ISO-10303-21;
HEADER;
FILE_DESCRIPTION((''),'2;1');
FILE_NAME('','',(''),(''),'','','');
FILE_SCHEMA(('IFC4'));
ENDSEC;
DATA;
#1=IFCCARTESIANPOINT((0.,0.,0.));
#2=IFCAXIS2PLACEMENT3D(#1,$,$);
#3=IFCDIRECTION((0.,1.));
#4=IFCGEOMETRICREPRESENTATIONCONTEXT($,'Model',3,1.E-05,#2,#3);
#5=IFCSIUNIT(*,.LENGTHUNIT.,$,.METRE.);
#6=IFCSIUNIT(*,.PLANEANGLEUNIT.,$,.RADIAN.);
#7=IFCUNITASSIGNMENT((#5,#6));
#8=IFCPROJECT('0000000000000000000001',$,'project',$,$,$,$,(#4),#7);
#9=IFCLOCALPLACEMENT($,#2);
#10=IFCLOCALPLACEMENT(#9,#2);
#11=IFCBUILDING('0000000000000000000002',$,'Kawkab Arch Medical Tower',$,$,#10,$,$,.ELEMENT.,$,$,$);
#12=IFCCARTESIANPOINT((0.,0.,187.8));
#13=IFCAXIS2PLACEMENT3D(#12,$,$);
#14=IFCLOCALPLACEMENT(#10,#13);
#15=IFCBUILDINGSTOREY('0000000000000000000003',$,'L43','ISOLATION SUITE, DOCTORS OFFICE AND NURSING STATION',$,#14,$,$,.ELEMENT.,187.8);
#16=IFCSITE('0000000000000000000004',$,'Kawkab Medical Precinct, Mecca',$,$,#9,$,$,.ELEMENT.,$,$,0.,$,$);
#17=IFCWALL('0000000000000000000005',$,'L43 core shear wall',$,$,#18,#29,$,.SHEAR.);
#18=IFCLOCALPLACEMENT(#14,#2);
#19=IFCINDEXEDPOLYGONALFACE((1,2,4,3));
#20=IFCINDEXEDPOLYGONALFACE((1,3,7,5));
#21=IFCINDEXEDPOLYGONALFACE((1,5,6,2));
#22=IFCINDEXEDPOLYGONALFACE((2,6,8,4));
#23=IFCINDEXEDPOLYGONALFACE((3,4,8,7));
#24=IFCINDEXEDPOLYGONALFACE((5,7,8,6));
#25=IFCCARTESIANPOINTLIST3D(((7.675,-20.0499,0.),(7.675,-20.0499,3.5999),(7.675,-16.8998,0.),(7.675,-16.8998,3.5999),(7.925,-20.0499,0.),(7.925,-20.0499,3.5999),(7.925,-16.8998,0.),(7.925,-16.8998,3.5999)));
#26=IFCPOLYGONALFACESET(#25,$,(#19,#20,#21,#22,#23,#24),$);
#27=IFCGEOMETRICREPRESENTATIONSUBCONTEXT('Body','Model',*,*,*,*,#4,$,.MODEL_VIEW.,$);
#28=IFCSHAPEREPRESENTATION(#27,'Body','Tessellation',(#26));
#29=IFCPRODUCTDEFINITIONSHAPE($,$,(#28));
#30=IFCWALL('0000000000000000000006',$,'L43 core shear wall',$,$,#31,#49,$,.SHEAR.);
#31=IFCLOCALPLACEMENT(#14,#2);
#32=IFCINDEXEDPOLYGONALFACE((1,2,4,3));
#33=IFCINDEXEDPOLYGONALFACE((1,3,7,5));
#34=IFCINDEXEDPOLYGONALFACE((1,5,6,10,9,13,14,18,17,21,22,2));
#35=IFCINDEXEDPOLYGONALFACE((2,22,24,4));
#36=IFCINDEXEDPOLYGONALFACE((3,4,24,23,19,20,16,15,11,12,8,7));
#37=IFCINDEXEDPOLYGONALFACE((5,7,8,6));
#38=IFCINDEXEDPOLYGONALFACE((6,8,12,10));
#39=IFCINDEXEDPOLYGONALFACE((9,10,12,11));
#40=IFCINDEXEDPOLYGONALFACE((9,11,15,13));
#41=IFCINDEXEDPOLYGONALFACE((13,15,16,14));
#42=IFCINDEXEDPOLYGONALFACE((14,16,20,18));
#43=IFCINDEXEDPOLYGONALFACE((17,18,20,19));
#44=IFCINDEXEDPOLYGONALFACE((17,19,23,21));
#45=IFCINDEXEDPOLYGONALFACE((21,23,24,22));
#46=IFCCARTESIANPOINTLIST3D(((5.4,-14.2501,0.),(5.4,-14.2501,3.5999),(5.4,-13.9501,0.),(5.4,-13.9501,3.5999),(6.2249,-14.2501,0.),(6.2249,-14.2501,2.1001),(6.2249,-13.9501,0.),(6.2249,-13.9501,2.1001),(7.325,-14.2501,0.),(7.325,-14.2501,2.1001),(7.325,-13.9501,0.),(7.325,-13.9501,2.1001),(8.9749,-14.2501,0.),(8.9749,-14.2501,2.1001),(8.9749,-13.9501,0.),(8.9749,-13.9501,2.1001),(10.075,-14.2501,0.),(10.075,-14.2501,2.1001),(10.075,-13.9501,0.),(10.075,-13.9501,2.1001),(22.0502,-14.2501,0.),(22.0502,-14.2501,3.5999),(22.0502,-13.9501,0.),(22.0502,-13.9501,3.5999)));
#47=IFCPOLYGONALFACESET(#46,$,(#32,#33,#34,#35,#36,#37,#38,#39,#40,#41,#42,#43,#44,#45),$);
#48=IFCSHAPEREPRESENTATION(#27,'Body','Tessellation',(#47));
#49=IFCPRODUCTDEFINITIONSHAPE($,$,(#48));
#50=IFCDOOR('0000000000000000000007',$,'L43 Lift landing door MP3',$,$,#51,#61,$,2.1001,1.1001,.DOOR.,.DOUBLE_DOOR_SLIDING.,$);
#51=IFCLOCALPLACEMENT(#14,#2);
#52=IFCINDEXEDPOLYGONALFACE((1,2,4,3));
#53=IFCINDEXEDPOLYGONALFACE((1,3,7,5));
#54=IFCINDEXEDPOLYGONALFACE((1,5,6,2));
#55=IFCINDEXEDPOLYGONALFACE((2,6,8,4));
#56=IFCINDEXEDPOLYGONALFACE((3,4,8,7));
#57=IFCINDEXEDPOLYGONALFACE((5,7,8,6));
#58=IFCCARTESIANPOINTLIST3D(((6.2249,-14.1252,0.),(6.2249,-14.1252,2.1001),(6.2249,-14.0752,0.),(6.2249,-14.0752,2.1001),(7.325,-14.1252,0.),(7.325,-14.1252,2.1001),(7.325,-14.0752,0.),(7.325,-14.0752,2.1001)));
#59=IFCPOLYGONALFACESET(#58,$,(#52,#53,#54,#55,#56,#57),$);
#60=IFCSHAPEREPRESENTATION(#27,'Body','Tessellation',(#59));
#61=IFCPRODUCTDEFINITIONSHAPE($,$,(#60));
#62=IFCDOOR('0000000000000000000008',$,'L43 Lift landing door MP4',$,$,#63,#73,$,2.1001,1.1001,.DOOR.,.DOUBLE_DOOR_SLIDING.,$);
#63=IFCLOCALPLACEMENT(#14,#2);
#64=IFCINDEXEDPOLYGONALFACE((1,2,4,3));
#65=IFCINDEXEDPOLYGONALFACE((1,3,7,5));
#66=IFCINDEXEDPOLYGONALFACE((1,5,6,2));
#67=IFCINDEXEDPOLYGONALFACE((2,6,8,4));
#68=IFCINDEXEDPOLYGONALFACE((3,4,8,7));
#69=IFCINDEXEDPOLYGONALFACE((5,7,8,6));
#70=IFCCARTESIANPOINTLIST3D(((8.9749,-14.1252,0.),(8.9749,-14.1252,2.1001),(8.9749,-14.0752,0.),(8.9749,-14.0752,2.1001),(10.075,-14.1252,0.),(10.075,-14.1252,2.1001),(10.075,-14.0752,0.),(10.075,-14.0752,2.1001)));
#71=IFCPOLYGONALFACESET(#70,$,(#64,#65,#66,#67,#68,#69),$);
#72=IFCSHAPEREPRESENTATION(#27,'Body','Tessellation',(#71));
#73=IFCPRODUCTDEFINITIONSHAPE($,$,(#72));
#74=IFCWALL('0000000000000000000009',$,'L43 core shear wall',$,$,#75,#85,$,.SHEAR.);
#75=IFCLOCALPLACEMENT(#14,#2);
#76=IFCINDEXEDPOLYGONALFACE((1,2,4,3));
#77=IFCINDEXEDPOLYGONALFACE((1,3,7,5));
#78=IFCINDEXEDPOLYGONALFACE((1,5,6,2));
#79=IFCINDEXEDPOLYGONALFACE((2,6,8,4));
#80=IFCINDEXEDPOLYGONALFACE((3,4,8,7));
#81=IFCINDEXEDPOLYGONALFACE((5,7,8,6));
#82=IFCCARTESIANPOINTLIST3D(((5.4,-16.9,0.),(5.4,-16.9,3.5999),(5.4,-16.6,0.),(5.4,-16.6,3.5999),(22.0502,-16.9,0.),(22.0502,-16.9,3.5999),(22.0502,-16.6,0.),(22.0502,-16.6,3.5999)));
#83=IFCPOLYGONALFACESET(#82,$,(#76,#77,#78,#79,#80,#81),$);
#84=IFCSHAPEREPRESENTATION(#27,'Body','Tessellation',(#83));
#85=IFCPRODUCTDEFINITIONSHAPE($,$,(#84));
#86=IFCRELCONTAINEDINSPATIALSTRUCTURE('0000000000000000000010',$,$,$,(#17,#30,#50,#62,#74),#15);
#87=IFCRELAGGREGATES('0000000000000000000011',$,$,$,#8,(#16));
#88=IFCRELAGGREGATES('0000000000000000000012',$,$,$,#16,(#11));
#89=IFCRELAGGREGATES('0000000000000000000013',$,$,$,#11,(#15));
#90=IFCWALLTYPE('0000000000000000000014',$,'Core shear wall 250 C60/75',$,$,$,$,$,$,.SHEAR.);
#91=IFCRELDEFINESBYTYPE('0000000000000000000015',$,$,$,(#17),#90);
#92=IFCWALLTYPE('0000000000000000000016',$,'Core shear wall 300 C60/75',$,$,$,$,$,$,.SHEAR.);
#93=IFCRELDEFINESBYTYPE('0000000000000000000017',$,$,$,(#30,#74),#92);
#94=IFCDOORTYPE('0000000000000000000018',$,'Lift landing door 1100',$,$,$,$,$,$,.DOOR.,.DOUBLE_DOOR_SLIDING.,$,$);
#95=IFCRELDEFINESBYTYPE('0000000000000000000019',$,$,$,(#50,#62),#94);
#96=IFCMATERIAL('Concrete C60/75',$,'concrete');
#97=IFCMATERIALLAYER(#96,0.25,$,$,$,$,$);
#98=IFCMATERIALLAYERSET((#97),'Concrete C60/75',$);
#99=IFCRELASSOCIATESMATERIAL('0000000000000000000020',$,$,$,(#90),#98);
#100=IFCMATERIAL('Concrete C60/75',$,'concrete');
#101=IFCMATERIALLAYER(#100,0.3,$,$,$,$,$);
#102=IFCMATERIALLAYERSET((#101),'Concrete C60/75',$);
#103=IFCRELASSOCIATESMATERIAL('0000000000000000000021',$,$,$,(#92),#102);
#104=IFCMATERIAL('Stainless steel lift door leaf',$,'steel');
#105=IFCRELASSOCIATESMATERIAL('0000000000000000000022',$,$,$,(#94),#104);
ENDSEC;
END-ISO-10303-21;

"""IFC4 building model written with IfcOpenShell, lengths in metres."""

from ifc_helpers import new_model, si_unit, direction, frame, frame_2d, origin, place, context, subcontext, project, spatial, rectangle, extrude, material, layer, layer_set, type_object, element, fill, save


model = new_model("IFC4")

# Units and contexts
model_context = context("Model", 3, precision=1e-05, world=origin(), true_north=direction((0.0, 1.0)))
body_context = subcontext(model_context, "Body", "Model", "MODEL_VIEW")
ifc_project = project(units=[si_unit("LENGTHUNIT", "METRE"), si_unit("PLANEANGLEUNIT", "RADIAN")], contexts=[model_context])

# Site, building, storey
site_placement = place(None, origin())
site = spatial("IfcSite", under=ifc_project, at=site_placement, Name="Kawkab Medical Precinct, Mecca", CompositionType="ELEMENT", RefElevation=0.0)
building_placement = place(site_placement, origin())
building = spatial("IfcBuilding", under=site, at=building_placement, Name="Kawkab Arch Medical Tower", CompositionType="ELEMENT")
storey_placement = place(building_placement, frame((0.0, 0.0, 187.8)))
storey = spatial("IfcBuildingStorey", under=building, at=storey_placement, Name="L43", Description="ISOLATION SUITE, DOCTORS OFFICE AND NURSING STATION", CompositionType="ELEMENT", Elevation=187.8)

# Wall
ifc_material_1 = material(Name="Concrete C60/75", Category="concrete")
ifc_layer_1 = layer(ifc_material_1, 0.25)
ifc_layer_set_1 = layer_set([ifc_layer_1], Name="Concrete C60/75")
wall_type_1 = type_object("IfcWallType", Name="Core shear wall 250 C60/75", PredefinedType="SHEAR", material=ifc_layer_set_1)
wall_1_placement = place(storey_placement, frame((7.8, -20.05, 0.0), z_axis=(0.0, 0.0, 1.0), x_axis=(0.0, 1.0, 0.0)))
element("IfcWall", 1, at=wall_1_placement, inside=storey, type_object=wall_type_1, Name="L43 core shear wall", PredefinedType="SHEAR", context=body_context, shape_type="SweptSolid", body=[
    extrude(rectangle(XDim=3.1501, YDim=0.25, at=frame_2d((1.5752, 0.0))), origin(), (0.0, 0.0, 1.0), 3.5999),
])

# Wall, openings, doors
ifc_material_2 = material(Name="Concrete C60/75", Category="concrete")
ifc_layer_2 = layer(ifc_material_2, 0.3)
ifc_layer_set_2 = layer_set([ifc_layer_2], Name="Concrete C60/75")
wall_type_2 = type_object("IfcWallType", Name="Core shear wall 300 C60/75", PredefinedType="SHEAR", material=ifc_layer_set_2)
wall_2_placement = place(storey_placement, frame((5.3999, -14.1001, 0.0), z_axis=(0.0, 0.0, 1.0), x_axis=(1.0, 0.0, 0.0)))
wall_2 = element("IfcWall", 2, at=wall_2_placement, inside=storey, type_object=wall_type_2, Name="L43 core shear wall", PredefinedType="SHEAR", context=body_context, shape_type="SweptSolid", body=[
    extrude(rectangle(XDim=16.6501, YDim=0.3, at=frame_2d((8.3252, 0.0))), origin(), (0.0, 0.0, 1.0), 3.5999),
])
opening_1_placement = place(wall_2_placement, frame((0.825, 0.0, 0.0)))
opening_1 = element("IfcOpeningElement", 3, at=opening_1_placement, cuts=wall_2, PredefinedType="OPENING", context=body_context, shape_type="SweptSolid", body=[
    extrude(rectangle(XDim=1.1001, YDim=2.1001, at=frame_2d((0.55, 1.05))), frame((0.0, 0.1599, 0.0), z_axis=(0.0, -1.0, 0.0), x_axis=(1.0, 0.0, 0.0)), (0.0, 0.0, 1.0), 0.3201),
])
opening_2_placement = place(wall_2_placement, frame((3.575, 0.0, 0.0)))
opening_2 = element("IfcOpeningElement", 4, at=opening_2_placement, cuts=wall_2, PredefinedType="OPENING", context=body_context, shape_type="SweptSolid", body=[
    extrude(rectangle(XDim=1.1001, YDim=2.1001, at=frame_2d((0.55, 1.05))), frame((0.0, 0.1599, 0.0), z_axis=(0.0, -1.0, 0.0), x_axis=(1.0, 0.0, 0.0)), (0.0, 0.0, 1.0), 0.3201),
])
ifc_material_3 = material(Name="Stainless steel lift door leaf", Category="steel")
door_type_1 = type_object("IfcDoorType", Name="Lift landing door 1100", OperationType="DOUBLE_DOOR_SLIDING", PredefinedType="DOOR", material=ifc_material_3)
door_1_placement = place(opening_1_placement, origin())
door_1 = element("IfcDoor", 5, at=door_1_placement, inside=storey, type_object=door_type_1, Name="L43 Lift landing door MP3", OperationType="DOUBLE_DOOR_SLIDING", OverallHeight=2.1001, OverallWidth=1.1001, PredefinedType="DOOR", context=body_context, shape_type="SweptSolid", body=[
    extrude(rectangle(XDim=1.1001, YDim=2.1001, at=frame_2d((0.55, 1.05))), frame((0.0, 0.0249, 0.0), z_axis=(0.0, -1.0, 0.0), x_axis=(1.0, 0.0, 0.0)), (0.0, 0.0, 1.0), 0.05),
])
fill(opening_1, door_1)
door_2_placement = place(opening_2_placement, origin())
door_2 = element("IfcDoor", 6, at=door_2_placement, inside=storey, type_object=door_type_1, Name="L43 Lift landing door MP4", OperationType="DOUBLE_DOOR_SLIDING", OverallHeight=2.1001, OverallWidth=1.1001, PredefinedType="DOOR", context=body_context, shape_type="SweptSolid", body=[
    extrude(rectangle(XDim=1.1001, YDim=2.1001, at=frame_2d((0.55, 1.05))), frame((0.0, 0.0249, 0.0), z_axis=(0.0, -1.0, 0.0), x_axis=(1.0, 0.0, 0.0)), (0.0, 0.0, 1.0), 0.05),
])
fill(opening_2, door_2)

# Wall
wall_3_placement = place(storey_placement, frame((5.3999, -16.75, 0.0), z_axis=(0.0, 0.0, 1.0), x_axis=(1.0, 0.0, 0.0)))
element("IfcWall", 7, at=wall_3_placement, inside=storey, type_object=wall_type_2, Name="L43 core shear wall", PredefinedType="SHEAR", context=body_context, shape_type="SweptSolid", body=[
    extrude(rectangle(XDim=16.6501, YDim=0.3, at=frame_2d((8.3252, 0.0))), origin(), (0.0, 0.0, 1.0), 3.5999),
])

save(model, "model.ifc")
